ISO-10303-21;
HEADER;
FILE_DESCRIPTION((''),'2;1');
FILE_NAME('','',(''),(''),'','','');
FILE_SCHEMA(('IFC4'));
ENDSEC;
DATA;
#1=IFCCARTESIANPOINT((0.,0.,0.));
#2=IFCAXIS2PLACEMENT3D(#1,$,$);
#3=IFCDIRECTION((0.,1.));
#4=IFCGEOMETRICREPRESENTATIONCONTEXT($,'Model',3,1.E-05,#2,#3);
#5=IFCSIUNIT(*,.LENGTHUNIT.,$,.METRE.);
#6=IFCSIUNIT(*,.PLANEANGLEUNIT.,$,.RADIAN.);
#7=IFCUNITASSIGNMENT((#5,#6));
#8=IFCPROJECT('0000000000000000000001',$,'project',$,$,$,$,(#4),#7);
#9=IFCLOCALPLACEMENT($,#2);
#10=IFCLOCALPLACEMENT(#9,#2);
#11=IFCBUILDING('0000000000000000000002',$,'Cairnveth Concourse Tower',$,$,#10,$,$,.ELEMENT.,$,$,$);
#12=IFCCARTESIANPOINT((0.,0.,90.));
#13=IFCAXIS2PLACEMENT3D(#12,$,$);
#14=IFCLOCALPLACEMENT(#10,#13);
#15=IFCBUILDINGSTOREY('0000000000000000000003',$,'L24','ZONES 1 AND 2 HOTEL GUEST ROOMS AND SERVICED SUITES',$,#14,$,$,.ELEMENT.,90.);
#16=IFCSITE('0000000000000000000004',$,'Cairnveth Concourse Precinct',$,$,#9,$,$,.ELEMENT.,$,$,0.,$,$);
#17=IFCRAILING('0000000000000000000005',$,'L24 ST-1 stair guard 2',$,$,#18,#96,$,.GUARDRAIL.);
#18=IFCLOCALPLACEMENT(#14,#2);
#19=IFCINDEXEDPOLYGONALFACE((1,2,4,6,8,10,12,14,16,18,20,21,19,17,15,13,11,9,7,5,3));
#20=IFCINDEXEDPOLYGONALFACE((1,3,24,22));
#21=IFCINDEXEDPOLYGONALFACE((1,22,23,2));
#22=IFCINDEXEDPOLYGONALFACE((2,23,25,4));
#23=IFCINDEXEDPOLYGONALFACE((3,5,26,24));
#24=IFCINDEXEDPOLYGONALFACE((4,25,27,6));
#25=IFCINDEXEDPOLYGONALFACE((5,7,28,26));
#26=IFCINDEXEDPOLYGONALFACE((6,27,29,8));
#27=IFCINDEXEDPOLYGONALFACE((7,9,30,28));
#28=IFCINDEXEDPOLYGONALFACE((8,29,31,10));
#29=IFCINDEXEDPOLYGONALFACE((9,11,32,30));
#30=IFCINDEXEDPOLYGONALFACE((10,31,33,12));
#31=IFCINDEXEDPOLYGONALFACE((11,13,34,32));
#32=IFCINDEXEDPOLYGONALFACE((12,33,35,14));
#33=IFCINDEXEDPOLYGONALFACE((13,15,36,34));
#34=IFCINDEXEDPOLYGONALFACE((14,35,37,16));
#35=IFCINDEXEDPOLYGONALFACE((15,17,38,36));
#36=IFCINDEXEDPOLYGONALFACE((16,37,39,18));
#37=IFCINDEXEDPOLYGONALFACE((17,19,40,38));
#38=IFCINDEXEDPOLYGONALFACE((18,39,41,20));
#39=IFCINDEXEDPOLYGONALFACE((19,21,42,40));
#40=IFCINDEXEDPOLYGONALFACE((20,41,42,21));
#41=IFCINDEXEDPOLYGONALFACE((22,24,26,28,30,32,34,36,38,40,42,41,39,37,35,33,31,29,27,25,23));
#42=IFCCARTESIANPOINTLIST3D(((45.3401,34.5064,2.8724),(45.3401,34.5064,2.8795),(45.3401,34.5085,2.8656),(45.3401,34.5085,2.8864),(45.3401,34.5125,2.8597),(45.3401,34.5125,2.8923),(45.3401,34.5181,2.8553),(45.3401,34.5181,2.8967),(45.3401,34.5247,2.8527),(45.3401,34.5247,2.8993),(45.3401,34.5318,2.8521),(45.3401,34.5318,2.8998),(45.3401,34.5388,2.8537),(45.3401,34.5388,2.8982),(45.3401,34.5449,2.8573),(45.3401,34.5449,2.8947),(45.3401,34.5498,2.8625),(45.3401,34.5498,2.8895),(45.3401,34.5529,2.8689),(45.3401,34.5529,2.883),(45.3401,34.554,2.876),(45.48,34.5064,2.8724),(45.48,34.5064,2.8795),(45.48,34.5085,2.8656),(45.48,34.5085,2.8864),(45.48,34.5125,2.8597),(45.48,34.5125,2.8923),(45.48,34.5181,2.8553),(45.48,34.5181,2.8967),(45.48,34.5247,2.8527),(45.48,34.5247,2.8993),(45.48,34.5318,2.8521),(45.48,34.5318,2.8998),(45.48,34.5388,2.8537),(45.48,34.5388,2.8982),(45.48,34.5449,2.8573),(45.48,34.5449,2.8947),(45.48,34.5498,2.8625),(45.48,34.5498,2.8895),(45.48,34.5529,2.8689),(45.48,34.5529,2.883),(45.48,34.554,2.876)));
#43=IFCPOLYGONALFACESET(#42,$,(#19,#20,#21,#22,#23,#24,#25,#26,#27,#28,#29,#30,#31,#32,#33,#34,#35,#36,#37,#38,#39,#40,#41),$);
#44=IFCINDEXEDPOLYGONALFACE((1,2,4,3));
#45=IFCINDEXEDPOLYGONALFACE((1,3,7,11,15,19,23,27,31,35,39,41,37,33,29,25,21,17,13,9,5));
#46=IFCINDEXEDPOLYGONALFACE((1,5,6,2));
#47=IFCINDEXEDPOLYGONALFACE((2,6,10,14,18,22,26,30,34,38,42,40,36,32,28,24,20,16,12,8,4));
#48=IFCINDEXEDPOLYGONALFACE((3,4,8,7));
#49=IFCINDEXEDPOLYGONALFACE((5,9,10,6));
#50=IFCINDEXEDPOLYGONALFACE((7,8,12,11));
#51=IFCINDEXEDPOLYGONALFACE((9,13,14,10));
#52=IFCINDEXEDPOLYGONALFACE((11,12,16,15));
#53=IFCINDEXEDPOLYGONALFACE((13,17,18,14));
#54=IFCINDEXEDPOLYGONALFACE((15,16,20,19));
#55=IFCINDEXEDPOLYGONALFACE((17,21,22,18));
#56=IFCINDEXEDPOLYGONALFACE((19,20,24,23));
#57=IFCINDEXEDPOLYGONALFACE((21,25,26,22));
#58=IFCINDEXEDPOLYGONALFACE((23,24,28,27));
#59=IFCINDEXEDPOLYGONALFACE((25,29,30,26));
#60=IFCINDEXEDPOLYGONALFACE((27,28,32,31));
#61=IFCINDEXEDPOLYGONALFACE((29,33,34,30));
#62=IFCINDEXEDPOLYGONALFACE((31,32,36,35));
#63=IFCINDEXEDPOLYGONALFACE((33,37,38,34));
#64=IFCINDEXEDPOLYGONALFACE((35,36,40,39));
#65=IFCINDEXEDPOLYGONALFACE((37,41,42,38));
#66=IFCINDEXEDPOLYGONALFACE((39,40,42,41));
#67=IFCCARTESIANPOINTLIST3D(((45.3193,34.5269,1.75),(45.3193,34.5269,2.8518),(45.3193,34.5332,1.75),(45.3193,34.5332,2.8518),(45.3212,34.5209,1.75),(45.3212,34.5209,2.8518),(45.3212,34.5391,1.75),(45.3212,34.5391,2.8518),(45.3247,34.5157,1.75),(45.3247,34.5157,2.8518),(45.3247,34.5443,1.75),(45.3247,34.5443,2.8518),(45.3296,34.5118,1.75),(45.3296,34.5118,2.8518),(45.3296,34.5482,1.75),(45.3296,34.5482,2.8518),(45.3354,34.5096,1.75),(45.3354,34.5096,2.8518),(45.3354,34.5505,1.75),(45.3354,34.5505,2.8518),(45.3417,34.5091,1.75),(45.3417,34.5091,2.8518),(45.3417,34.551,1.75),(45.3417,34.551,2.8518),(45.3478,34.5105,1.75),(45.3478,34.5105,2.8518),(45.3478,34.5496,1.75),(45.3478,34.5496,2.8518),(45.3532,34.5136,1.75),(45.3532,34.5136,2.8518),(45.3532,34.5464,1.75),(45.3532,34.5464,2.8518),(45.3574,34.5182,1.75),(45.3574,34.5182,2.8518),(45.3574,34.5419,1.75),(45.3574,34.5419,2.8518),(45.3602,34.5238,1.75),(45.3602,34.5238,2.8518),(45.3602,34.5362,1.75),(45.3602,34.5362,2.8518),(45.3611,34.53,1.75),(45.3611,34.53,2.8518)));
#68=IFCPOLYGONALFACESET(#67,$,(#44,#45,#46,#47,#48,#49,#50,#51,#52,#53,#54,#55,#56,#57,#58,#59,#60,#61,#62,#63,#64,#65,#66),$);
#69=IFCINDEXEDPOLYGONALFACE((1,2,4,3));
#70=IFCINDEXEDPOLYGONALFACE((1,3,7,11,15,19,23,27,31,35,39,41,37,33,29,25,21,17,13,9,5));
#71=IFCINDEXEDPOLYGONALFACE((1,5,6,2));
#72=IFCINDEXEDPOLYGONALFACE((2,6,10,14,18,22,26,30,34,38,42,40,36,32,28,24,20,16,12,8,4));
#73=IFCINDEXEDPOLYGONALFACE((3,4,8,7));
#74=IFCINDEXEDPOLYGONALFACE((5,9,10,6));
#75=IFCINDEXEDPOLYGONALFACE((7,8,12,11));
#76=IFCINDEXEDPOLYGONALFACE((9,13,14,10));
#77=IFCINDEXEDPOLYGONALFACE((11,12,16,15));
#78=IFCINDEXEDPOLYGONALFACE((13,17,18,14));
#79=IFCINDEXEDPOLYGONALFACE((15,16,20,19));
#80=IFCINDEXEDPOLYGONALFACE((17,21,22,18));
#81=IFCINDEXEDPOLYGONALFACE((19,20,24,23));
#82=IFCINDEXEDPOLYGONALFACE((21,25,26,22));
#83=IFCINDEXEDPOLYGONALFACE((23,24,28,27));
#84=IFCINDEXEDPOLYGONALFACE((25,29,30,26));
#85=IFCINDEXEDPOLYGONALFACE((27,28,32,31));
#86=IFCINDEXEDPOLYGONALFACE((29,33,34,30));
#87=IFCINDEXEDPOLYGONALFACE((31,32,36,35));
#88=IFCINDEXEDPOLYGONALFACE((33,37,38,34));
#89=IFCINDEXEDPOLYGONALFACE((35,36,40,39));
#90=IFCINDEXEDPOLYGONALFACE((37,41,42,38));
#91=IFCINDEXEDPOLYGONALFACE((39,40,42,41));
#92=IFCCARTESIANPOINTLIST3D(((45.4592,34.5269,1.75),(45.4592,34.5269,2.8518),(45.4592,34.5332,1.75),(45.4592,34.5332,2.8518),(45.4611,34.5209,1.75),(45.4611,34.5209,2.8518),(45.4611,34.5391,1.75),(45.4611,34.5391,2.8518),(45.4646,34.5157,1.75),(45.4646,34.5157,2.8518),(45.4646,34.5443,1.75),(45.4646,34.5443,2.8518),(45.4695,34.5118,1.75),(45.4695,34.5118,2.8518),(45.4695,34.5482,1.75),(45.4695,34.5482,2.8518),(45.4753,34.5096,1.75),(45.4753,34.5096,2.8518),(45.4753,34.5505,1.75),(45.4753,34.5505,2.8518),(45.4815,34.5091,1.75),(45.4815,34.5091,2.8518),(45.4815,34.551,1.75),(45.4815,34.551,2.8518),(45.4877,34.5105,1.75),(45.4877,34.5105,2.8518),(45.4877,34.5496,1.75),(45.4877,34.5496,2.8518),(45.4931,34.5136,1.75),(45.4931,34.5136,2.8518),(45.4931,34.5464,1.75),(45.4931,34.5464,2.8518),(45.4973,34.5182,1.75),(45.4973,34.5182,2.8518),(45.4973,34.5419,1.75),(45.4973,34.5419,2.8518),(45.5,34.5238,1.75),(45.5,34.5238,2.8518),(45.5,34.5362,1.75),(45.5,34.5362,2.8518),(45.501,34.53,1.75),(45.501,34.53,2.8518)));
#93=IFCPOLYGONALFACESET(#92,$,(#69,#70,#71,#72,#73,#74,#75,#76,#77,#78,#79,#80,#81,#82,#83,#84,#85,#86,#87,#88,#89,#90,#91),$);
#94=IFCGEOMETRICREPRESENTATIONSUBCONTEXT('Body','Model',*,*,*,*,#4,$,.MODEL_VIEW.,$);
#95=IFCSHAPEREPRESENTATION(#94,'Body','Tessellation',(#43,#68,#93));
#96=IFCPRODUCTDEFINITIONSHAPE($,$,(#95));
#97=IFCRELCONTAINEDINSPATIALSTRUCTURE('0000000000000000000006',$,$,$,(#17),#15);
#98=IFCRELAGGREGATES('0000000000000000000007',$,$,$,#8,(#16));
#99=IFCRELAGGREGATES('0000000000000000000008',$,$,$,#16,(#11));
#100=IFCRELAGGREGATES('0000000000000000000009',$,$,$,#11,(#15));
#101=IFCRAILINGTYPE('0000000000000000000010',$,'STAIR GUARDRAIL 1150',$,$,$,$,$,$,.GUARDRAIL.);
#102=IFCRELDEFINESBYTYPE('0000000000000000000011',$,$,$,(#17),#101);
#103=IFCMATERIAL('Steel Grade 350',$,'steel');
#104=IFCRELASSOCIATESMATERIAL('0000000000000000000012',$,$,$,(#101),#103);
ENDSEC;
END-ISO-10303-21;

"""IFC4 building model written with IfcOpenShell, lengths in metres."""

from ifc_helpers import new_model, si_unit, direction, frame, origin, origin_2d, place, context, subcontext, project, spatial, circle, extrude, material, type_object, element, save


model = new_model("IFC4")

# Units and contexts
model_context = context("Model", 3, precision=1e-05, world=origin(), true_north=direction((0.0, 1.0)))
body_context = subcontext(model_context, "Body", "Model", "MODEL_VIEW")
ifc_project = project(units=[si_unit("LENGTHUNIT", "METRE"), si_unit("PLANEANGLEUNIT", "RADIAN")], contexts=[model_context])

# Site, building, storey
site_placement = place(None, origin())
site = spatial("IfcSite", under=ifc_project, at=site_placement, Name="Cairnveth Concourse Precinct", CompositionType="ELEMENT", RefElevation=0.0)
building_placement = place(site_placement, origin())
building = spatial("IfcBuilding", under=site, at=building_placement, Name="Cairnveth Concourse Tower", CompositionType="ELEMENT")
storey_placement = place(building_placement, frame((0.0, 0.0, 90.0)))
storey = spatial("IfcBuildingStorey", under=building, at=storey_placement, Name="L24", Description="ZONES 1 AND 2 HOTEL GUEST ROOMS AND SERVICED SUITES", CompositionType="ELEMENT", Elevation=90.0)

# Railing
ifc_material_1 = material(Name="Steel Grade 350", Category="steel")
railing_type_1 = type_object("IfcRailingType", Name="STAIR GUARDRAIL 1150", PredefinedType="GUARDRAIL", material=ifc_material_1)
railing_1_placement = place(storey_placement, frame((45.3401, 34.53, 1.75)))
element("IfcRailing", 1, at=railing_1_placement, inside=storey, type_object=railing_type_1, Name="L24 ST-1 stair guard 2", PredefinedType="GUARDRAIL", context=body_context, shape_type="SweptSolid", body=[
    extrude(circle(Radius=0.0239, at=origin_2d()), frame((0.0, 0.0, 1.126), z_axis=(1.0, 0.0, 0.0), x_axis=(0.0, 1.0, 0.0)), (0.0, 0.0, 1.0), 0.1399),
    extrude(circle(Radius=0.021, at=origin_2d()), origin(), (0.0, 0.0, 1.0), 1.1018),
    extrude(circle(Radius=0.021, at=origin_2d()), frame((0.1399, 0.0, 0.0)), (0.0, 0.0, 1.0), 1.1018),
])

save(model, "model.ifc")
